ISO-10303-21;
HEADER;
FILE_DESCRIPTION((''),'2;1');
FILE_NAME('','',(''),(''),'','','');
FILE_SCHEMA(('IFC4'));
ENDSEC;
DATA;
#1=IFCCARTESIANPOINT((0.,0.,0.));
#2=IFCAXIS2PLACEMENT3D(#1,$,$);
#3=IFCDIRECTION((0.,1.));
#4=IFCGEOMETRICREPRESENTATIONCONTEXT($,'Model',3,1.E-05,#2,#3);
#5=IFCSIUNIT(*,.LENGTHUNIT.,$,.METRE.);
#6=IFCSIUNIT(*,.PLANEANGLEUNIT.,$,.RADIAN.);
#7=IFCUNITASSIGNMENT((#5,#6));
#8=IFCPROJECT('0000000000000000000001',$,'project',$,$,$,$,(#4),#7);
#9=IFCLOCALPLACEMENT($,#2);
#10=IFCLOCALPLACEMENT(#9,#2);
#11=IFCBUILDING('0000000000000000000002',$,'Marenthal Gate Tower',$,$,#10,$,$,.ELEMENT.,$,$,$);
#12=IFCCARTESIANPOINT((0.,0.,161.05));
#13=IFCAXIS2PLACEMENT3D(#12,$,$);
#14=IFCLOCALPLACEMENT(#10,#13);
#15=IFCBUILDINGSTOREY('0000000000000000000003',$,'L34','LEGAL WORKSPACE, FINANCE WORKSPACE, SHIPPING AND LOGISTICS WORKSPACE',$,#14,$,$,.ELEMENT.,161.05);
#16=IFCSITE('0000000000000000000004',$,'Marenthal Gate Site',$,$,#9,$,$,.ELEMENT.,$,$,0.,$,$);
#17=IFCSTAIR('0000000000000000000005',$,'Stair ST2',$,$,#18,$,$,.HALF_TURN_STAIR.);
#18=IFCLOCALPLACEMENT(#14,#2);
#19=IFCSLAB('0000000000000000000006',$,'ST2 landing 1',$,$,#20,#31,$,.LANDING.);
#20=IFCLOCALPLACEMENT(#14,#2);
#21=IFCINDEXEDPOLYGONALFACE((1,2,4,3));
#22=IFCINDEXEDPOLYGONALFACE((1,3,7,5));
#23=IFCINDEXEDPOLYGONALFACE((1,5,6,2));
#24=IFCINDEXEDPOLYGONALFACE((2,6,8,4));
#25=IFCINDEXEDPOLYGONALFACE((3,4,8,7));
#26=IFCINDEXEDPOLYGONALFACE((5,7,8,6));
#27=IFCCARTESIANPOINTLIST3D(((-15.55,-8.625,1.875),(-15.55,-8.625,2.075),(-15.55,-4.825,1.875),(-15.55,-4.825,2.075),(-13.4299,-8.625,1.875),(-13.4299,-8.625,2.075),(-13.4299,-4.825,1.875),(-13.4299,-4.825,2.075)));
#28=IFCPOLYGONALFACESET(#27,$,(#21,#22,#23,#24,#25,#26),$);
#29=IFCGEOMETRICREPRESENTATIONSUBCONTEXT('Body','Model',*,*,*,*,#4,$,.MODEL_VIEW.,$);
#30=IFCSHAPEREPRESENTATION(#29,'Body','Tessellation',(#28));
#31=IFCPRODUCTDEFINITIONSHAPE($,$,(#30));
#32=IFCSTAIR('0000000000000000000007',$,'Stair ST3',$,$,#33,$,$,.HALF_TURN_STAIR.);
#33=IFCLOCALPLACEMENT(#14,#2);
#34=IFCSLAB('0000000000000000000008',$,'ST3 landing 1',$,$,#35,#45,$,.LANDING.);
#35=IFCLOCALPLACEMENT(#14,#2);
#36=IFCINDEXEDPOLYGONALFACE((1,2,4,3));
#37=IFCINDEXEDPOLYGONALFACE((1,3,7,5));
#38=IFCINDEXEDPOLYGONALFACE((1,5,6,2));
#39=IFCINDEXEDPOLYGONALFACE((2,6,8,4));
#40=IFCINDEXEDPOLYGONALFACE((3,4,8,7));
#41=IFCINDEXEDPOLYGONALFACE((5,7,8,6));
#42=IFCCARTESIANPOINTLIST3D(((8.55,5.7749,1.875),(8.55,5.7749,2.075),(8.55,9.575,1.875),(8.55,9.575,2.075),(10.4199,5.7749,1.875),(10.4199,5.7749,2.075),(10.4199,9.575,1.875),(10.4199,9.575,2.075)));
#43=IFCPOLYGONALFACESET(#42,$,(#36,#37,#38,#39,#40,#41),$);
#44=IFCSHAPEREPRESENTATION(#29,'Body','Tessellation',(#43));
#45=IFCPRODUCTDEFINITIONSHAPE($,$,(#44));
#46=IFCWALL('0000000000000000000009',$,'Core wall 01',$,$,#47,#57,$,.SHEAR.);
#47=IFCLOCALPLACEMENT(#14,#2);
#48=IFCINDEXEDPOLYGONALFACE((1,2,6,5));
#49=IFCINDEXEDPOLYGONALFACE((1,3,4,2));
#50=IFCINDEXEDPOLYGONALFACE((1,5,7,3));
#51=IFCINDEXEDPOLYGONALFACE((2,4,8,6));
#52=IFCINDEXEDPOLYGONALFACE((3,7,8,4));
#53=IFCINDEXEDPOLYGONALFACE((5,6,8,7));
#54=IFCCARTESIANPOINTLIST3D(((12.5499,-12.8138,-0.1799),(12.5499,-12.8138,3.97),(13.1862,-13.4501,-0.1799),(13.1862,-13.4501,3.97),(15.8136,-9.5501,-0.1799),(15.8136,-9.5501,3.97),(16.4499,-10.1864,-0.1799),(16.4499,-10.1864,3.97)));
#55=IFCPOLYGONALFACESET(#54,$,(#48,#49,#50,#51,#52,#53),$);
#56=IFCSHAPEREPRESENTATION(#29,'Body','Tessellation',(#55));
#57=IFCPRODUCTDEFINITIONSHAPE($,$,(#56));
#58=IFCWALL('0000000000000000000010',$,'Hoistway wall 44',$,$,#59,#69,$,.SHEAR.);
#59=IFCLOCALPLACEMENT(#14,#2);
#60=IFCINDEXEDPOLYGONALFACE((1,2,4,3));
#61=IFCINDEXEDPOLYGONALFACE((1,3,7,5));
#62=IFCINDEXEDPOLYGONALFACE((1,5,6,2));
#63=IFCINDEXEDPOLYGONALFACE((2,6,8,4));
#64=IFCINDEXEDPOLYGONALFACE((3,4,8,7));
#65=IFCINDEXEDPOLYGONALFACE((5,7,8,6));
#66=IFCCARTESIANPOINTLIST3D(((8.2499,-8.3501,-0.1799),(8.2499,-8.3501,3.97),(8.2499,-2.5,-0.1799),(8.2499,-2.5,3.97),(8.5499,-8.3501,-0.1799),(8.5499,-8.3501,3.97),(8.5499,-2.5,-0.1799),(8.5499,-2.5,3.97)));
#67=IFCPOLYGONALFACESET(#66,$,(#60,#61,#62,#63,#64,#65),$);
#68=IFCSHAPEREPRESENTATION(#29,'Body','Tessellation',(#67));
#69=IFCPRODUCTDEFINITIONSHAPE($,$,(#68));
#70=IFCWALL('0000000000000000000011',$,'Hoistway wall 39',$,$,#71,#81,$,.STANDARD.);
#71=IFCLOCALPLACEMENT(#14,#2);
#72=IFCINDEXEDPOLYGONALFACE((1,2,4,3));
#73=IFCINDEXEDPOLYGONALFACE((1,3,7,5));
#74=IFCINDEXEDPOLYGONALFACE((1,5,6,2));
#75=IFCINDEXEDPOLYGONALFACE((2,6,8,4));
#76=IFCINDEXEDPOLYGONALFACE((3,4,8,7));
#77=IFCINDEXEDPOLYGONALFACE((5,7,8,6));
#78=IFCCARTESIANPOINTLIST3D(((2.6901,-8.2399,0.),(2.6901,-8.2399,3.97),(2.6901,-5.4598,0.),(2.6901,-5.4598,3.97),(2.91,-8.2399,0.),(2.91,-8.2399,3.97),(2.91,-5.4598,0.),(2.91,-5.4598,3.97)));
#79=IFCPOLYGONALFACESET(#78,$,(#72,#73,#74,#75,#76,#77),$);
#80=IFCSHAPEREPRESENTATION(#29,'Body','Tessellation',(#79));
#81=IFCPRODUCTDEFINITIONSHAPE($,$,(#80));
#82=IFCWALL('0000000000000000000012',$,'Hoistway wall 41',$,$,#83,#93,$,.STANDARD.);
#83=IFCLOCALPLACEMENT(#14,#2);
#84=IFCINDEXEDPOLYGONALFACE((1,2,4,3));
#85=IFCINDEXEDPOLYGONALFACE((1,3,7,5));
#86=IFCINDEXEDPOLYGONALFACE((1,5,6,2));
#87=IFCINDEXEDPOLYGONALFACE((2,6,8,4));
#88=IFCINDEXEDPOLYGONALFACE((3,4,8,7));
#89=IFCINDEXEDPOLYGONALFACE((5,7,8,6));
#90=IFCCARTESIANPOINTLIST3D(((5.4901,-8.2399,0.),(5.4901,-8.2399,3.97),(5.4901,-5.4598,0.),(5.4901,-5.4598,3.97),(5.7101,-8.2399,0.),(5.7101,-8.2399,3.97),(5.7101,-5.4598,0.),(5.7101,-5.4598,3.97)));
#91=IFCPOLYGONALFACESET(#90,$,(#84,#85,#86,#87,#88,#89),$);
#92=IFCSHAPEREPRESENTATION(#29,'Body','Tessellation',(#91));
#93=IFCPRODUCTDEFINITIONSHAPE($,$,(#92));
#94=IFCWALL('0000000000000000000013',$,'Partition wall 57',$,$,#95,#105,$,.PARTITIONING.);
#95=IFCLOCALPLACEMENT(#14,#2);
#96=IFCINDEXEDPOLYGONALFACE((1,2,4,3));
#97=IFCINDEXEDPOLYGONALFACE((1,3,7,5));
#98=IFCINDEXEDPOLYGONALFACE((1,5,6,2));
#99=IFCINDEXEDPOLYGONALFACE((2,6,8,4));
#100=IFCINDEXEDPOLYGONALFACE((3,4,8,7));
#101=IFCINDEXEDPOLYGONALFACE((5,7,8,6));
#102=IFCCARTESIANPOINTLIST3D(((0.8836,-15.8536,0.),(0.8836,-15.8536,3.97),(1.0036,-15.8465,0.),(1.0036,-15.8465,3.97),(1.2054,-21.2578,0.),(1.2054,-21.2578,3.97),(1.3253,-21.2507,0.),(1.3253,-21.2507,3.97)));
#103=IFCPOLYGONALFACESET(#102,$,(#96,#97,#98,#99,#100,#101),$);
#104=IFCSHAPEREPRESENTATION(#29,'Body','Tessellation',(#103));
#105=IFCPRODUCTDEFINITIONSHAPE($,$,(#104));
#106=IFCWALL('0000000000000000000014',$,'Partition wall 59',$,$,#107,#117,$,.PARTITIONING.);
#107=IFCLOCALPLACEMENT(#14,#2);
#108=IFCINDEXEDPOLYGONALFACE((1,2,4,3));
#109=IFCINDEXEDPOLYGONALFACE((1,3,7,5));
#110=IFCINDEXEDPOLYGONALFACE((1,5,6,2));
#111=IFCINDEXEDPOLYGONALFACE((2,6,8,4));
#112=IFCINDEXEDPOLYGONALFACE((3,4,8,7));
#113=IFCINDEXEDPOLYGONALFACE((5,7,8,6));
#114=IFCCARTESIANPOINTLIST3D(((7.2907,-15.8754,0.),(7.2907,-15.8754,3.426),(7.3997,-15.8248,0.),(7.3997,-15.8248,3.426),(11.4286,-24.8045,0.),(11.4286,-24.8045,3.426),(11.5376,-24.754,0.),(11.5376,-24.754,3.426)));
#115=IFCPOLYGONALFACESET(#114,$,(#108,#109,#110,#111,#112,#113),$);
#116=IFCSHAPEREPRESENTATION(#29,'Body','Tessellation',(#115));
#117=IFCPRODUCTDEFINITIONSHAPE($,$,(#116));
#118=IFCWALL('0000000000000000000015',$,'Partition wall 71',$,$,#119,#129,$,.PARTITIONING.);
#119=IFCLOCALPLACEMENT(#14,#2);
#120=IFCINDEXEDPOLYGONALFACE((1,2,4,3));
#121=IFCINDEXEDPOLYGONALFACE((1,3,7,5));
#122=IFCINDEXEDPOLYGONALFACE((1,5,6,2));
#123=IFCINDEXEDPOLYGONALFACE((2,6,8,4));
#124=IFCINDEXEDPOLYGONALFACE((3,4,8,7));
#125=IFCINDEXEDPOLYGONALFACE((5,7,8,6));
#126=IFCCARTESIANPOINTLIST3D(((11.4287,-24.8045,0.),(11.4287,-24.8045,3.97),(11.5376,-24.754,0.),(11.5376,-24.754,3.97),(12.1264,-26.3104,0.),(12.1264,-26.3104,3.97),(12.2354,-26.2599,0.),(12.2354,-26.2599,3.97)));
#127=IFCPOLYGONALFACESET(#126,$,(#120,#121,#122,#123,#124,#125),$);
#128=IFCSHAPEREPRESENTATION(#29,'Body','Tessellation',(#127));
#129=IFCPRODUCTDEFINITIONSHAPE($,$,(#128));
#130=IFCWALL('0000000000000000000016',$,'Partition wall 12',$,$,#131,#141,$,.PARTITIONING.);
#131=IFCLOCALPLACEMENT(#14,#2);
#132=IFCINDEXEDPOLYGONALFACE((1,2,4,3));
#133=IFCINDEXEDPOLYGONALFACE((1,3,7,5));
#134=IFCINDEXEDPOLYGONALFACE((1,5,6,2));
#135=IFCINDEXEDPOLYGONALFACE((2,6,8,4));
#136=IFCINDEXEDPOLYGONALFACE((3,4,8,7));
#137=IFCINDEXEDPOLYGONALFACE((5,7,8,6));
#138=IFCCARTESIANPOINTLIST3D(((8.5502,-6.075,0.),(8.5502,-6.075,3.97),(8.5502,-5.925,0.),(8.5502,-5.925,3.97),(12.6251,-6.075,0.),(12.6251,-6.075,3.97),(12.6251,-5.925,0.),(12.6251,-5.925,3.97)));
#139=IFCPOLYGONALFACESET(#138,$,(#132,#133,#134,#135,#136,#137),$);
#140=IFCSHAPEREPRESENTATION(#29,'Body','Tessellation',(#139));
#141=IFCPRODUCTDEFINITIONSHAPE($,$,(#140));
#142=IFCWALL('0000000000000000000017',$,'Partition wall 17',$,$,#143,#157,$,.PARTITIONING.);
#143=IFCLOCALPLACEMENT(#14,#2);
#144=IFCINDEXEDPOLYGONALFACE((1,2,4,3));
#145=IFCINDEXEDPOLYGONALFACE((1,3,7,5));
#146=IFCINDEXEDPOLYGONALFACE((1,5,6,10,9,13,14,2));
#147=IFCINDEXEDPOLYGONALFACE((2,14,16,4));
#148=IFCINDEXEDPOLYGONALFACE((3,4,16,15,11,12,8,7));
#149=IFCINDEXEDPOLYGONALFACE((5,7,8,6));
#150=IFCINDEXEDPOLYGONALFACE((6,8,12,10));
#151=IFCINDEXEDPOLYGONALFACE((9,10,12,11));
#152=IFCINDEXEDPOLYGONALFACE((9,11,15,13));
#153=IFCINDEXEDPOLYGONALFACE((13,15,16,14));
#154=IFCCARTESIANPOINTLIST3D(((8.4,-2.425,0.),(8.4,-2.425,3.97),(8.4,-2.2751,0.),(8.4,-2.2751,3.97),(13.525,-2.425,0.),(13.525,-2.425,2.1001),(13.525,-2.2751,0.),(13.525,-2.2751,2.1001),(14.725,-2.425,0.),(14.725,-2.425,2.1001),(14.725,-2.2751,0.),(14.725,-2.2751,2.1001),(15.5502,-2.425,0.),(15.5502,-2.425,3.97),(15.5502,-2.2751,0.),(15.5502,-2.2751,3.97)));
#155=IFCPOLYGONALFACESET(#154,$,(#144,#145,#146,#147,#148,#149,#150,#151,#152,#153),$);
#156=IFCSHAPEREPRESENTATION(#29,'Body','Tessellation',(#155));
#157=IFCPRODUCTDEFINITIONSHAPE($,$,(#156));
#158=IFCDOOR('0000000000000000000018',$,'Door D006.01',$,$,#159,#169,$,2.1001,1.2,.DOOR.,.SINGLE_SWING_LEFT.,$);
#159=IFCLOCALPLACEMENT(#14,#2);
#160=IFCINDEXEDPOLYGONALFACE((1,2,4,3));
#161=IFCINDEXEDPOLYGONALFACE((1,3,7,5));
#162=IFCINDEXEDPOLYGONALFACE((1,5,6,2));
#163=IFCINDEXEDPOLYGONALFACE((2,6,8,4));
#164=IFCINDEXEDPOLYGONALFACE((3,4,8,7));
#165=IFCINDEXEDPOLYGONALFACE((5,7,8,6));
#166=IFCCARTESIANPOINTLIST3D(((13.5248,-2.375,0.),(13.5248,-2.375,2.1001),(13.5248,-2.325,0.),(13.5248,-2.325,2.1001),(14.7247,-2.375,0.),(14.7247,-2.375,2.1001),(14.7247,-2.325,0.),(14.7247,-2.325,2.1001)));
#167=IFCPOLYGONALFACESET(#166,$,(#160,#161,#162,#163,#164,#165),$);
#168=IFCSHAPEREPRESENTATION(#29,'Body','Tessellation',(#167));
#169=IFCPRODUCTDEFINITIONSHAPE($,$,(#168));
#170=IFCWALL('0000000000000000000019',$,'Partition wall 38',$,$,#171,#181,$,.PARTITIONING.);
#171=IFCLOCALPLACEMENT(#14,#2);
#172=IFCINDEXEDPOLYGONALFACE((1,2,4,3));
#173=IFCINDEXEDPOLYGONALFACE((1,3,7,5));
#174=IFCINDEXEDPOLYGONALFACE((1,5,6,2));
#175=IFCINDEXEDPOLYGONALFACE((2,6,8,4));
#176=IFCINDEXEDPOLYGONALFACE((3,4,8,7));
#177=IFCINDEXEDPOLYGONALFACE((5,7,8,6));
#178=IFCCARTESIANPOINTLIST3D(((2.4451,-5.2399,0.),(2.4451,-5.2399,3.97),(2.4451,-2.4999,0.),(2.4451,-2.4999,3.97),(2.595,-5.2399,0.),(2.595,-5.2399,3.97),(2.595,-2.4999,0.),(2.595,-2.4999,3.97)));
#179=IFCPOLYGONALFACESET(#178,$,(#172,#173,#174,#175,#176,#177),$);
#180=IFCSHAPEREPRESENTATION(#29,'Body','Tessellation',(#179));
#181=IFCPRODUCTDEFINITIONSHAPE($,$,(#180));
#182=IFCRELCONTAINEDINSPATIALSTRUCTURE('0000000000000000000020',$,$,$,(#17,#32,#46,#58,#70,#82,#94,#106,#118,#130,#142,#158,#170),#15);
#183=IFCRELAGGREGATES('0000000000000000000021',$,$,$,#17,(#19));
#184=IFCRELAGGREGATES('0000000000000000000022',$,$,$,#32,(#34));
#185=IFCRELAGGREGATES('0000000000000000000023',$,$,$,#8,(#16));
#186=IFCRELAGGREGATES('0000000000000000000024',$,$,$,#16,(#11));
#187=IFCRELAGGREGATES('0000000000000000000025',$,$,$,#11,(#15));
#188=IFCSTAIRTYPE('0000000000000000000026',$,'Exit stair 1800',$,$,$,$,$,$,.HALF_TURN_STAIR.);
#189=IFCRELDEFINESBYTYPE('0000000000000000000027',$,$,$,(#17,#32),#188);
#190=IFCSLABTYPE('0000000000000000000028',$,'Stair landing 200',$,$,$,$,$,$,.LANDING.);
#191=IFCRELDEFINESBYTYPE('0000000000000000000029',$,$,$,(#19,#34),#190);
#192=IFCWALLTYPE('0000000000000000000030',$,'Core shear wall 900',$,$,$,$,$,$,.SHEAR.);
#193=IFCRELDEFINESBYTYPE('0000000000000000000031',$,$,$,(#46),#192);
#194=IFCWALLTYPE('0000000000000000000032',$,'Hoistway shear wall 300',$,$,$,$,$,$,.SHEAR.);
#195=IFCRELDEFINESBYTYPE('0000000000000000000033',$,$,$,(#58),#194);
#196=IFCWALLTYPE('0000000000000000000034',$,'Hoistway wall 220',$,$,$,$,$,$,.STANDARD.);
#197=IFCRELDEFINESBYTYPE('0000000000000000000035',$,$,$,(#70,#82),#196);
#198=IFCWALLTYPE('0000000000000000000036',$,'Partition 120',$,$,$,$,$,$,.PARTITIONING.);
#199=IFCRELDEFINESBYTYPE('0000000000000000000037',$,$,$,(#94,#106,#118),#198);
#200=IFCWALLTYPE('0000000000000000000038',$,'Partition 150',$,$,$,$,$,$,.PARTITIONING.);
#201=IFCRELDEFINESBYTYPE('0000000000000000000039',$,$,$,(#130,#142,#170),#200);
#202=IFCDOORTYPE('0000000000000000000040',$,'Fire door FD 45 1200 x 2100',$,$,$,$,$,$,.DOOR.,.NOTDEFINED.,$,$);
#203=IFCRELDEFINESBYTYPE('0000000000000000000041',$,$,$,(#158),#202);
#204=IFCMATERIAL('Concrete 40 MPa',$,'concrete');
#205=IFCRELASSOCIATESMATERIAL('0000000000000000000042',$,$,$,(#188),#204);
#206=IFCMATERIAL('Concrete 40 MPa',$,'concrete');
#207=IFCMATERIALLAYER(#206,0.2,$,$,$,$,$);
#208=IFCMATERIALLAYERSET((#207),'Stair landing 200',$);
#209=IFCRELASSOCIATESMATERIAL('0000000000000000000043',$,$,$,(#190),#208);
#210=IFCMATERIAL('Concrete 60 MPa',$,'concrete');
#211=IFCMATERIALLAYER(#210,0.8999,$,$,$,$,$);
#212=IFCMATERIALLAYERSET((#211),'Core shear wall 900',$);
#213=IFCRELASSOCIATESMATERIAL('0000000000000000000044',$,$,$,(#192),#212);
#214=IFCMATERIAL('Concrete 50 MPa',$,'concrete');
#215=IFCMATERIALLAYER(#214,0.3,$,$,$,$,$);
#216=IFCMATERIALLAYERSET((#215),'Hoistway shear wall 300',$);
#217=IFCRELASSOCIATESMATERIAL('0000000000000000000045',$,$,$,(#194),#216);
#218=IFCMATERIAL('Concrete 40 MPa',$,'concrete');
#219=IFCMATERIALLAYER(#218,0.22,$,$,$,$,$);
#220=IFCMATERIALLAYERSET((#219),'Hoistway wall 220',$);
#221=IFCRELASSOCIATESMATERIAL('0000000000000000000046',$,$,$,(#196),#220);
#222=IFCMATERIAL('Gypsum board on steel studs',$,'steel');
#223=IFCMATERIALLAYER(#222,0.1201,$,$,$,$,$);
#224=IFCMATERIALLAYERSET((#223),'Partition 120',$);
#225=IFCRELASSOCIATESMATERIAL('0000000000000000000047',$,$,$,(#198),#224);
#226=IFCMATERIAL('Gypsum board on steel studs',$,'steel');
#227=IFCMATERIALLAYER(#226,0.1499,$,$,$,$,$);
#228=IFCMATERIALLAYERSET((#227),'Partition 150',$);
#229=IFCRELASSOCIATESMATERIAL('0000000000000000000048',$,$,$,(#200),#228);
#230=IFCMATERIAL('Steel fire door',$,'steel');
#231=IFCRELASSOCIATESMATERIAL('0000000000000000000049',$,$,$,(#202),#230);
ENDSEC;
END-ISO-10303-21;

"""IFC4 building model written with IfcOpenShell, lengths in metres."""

from ifc_helpers import new_model, si_unit, direction, frame, frame_2d, origin, place, context, subcontext, project, spatial, polyline, rectangle, outline, extrude, material, layer, layer_set, type_object, element, fill, aggregate, save


model = new_model("IFC4")

# Units and contexts
model_context = context("Model", 3, precision=1e-05, world=origin(), true_north=direction((0.0, 1.0)))
body_context = subcontext(model_context, "Body", "Model", "MODEL_VIEW")
ifc_project = project(units=[si_unit("LENGTHUNIT", "METRE"), si_unit("PLANEANGLEUNIT", "RADIAN")], contexts=[model_context])

# Site, building, storey
site_placement = place(None, origin())
site = spatial("IfcSite", under=ifc_project, at=site_placement, Name="Marenthal Gate Site", CompositionType="ELEMENT", RefElevation=0.0)
building_placement = place(site_placement, origin())
building = spatial("IfcBuilding", under=site, at=building_placement, Name="Marenthal Gate Tower", CompositionType="ELEMENT")
storey_placement = place(building_placement, frame((0.0, 0.0, 161.05)))
storey = spatial("IfcBuildingStorey", under=building, at=storey_placement, Name="L34", Description="LEGAL WORKSPACE, FINANCE WORKSPACE, SHIPPING AND LOGISTICS WORKSPACE", CompositionType="ELEMENT", Elevation=161.05)

# Stairs, slabs
ifc_material_1 = material(Name="Concrete 40 MPa", Category="concrete")
stair_type = type_object("IfcStairType", Name="Exit stair 1800", PredefinedType="HALF_TURN_STAIR", material=ifc_material_1)
ifc_material_2 = material(Name="Concrete 40 MPa", Category="concrete")
ifc_layer_1 = layer(ifc_material_2, 0.2)
ifc_layer_set_1 = layer_set([ifc_layer_1], Name="Stair landing 200")
slab_type_1 = type_object("IfcSlabType", Name="Stair landing 200", PredefinedType="LANDING", material=ifc_layer_set_1)
stair_1_placement = place(storey_placement, origin())
stair_1 = element("IfcStair", 1, at=stair_1_placement, inside=storey, type_object=stair_type, Name="Stair ST2", PredefinedType="HALF_TURN_STAIR")
slab_1_placement = place(storey_placement, frame((0.0, 0.0, 1.875)))
slab_1 = element("IfcSlab", 2, at=slab_1_placement, type_object=slab_type_1, Name="ST2 landing 1", PredefinedType="LANDING", context=body_context, shape_type="SweptSolid", body=[
    extrude(outline(polyline([(-15.55, -8.625), (-13.4299, -8.625), (-13.4299, -4.825), (-15.55, -4.825), (-15.55, -8.625)])), origin(), (0.0, 0.0, 1.0), 0.2),
])
aggregate(stair_1, [slab_1])
stair_2_placement = place(storey_placement, origin())
stair_2 = element("IfcStair", 3, at=stair_2_placement, inside=storey, type_object=stair_type, Name="Stair ST3", PredefinedType="HALF_TURN_STAIR")
slab_2_placement = place(storey_placement, frame((0.0, 0.0, 1.875)))
slab_2 = element("IfcSlab", 4, at=slab_2_placement, type_object=slab_type_1, Name="ST3 landing 1", PredefinedType="LANDING", context=body_context, shape_type="SweptSolid", body=[
    extrude(outline(polyline([(8.55, 5.7749), (10.4199, 5.7749), (10.4199, 9.575), (8.55, 9.575), (8.55, 5.7749)])), origin(), (0.0, 0.0, 1.0), 0.2),
])
aggregate(stair_2, [slab_2])

# Walls
ifc_material_3 = material(Name="Concrete 60 MPa", Category="concrete")
ifc_layer_2 = layer(ifc_material_3, 0.8999)
ifc_layer_set_2 = layer_set([ifc_layer_2], Name="Core shear wall 900")
wall_type_1 = type_object("IfcWallType", Name="Core shear wall 900", PredefinedType="SHEAR", material=ifc_layer_set_2)
wall_1_placement = place(storey_placement, frame((12.8682, -13.1318, -0.1799), z_axis=(0.0, 0.0, 1.0), x_axis=(0.707107, 0.707107, 0.0)))
element("IfcWall", 5, at=wall_1_placement, inside=storey, type_object=wall_type_1, Name="Core wall 01", PredefinedType="SHEAR", context=body_context, shape_type="SweptSolid", body=[
    extrude(rectangle(XDim=4.6155, YDim=0.8999, at=frame_2d((2.3076, 0.0))), origin(), (0.0, 0.0, 1.0), 4.1499),
])
ifc_material_4 = material(Name="Concrete 50 MPa", Category="concrete")
ifc_layer_3 = layer(ifc_material_4, 0.3)
ifc_layer_set_3 = layer_set([ifc_layer_3], Name="Hoistway shear wall 300")
wall_type_2 = type_object("IfcWallType", Name="Hoistway shear wall 300", PredefinedType="SHEAR", material=ifc_layer_set_3)
wall_2_placement = place(storey_placement, frame((8.3999, -8.3501, -0.1799), z_axis=(0.0, 0.0, 1.0), x_axis=(0.0, 1.0, 0.0)))
element("IfcWall", 6, at=wall_2_placement, inside=storey, type_object=wall_type_2, Name="Hoistway wall 44", PredefinedType="SHEAR", context=body_context, shape_type="SweptSolid", body=[
    extrude(rectangle(XDim=5.8501, YDim=0.3, at=frame_2d((2.925, 0.0))), origin(), (0.0, 0.0, 1.0), 4.1499),
])
ifc_material_5 = material(Name="Concrete 40 MPa", Category="concrete")
ifc_layer_4 = layer(ifc_material_5, 0.22)
ifc_layer_set_4 = layer_set([ifc_layer_4], Name="Hoistway wall 220")
wall_type_3 = type_object("IfcWallType", Name="Hoistway wall 220", PredefinedType="STANDARD", material=ifc_layer_set_4)
for number, where, z_axis, x_axis, name in (
    (7, (2.8, -8.24, 0.0), (0.0, 0.0, 1.0), (0.0, 1.0, 0.0), "Hoistway wall 39"),
    (8, (5.6001, -8.24, 0.0), (0.0, 0.0, 1.0), (0.0, 1.0, 0.0), "Hoistway wall 41"),
):
    element("IfcWall", number, at=place(storey_placement, frame(where, z_axis=z_axis, x_axis=x_axis)), inside=storey, type_object=wall_type_3, Name=name, PredefinedType="STANDARD", context=body_context, shape_type="SweptSolid", body=[
        extrude(rectangle(XDim=2.78, YDim=0.22, at=frame_2d((1.3901, 0.0))), origin(), (0.0, 0.0, 1.0), 3.97),
    ])
ifc_material_6 = material(Name="Gypsum board on steel studs", Category="steel")
ifc_layer_5 = layer(ifc_material_6, 0.1201)
ifc_layer_set_5 = layer_set([ifc_layer_5], Name="Partition 120")
wall_type_4 = type_object("IfcWallType", Name="Partition 120", PredefinedType="PARTITIONING", material=ifc_layer_set_5)
wall_3_placement = place(storey_placement, frame((1.2654, -21.2544, 0.0), z_axis=(0.0, 0.0, 1.0), x_axis=(-0.059436, 0.998232, 0.0)))
element("IfcWall", 9, at=wall_3_placement, inside=storey, type_object=wall_type_4, Name="Partition wall 57", PredefinedType="PARTITIONING", context=body_context, shape_type="SweptSolid", body=[
    extrude(rectangle(XDim=5.4138, YDim=0.1201, at=frame_2d((2.707, 0.0))), origin(), (0.0, 0.0, 1.0), 3.97),
])
wall_4_placement = place(storey_placement, frame((7.3452, -15.8501, 0.0), z_axis=(0.0, 0.0, 1.0), x_axis=(0.420463, -0.90731, 0.0)))
element("IfcWall", 10, at=wall_4_placement, inside=storey, type_object=wall_type_4, Name="Partition wall 59", PredefinedType="PARTITIONING", context=body_context, shape_type="SweptSolid", body=[
    extrude(rectangle(XDim=9.8413, YDim=0.1201, at=frame_2d((4.9207, 0.0))), origin(), (0.0, 0.0, 1.0), 3.426),
])
wall_5_placement = place(storey_placement, frame((11.4832, -24.7793, 0.0), z_axis=(0.0, 0.0, 1.0), x_axis=(0.42042, -0.90733, 0.0)))
element("IfcWall", 11, at=wall_5_placement, inside=storey, type_object=wall_type_4, Name="Partition wall 71", PredefinedType="PARTITIONING", context=body_context, shape_type="SweptSolid", body=[
    extrude(rectangle(XDim=1.6597, YDim=0.1201, at=frame_2d((0.8298, 0.0))), origin(), (0.0, 0.0, 1.0), 3.97),
])
ifc_material_7 = material(Name="Gypsum board on steel studs", Category="steel")
ifc_layer_6 = layer(ifc_material_7, 0.1499)
ifc_layer_set_6 = layer_set([ifc_layer_6], Name="Partition 150")
wall_type_5 = type_object("IfcWallType", Name="Partition 150", PredefinedType="PARTITIONING", material=ifc_layer_set_6)
wall_6_placement = place(storey_placement, frame((8.55, -6.0, 0.0), z_axis=(0.0, 0.0, 1.0), x_axis=(1.0, 0.0, 0.0)))
element("IfcWall", 12, at=wall_6_placement, inside=storey, type_object=wall_type_5, Name="Partition wall 12", PredefinedType="PARTITIONING", context=body_context, shape_type="SweptSolid", body=[
    extrude(rectangle(XDim=4.075, YDim=0.1499, at=frame_2d((2.0376, 0.0))), origin(), (0.0, 0.0, 1.0), 3.97),
])

# Wall, opening, door
wall_7_placement = place(storey_placement, frame((8.3999, -2.3501, 0.0), z_axis=(0.0, 0.0, 1.0), x_axis=(1.0, 0.0, 0.0)))
wall_7 = element("IfcWall", 13, at=wall_7_placement, inside=storey, type_object=wall_type_5, Name="Partition wall 17", PredefinedType="PARTITIONING", context=body_context, shape_type="SweptSolid", body=[
    extrude(rectangle(XDim=7.1501, YDim=0.1499, at=frame_2d((3.5752, 0.0))), origin(), (0.0, 0.0, 1.0), 3.97),
])
opening_1_placement = place(wall_7_placement, frame((5.125, 0.0, 0.0)))
opening_1 = element("IfcOpeningElement", 14, at=opening_1_placement, cuts=wall_7, PredefinedType="OPENING", context=body_context, shape_type="SweptSolid", body=[
    extrude(rectangle(XDim=1.2, YDim=2.1001, at=frame_2d((0.6001, 1.05))), frame((0.0, 0.085, 0.0), z_axis=(0.0, -1.0, 0.0), x_axis=(1.0, 0.0, 0.0)), (0.0, 0.0, 1.0), 0.1699),
])
ifc_material_8 = material(Name="Steel fire door", Category="steel")
door_type_1 = type_object("IfcDoorType", Name="Fire door FD 45 1200 x 2100", OperationType="NOTDEFINED", PredefinedType="DOOR", material=ifc_material_8)
door_1_placement = place(opening_1_placement, frame((1.2, 0.0, 0.0), z_axis=(0.0, 0.0, 1.0), x_axis=(-1.0, 0.0, 0.0)))
door_1 = element("IfcDoor", 15, at=door_1_placement, inside=storey, type_object=door_type_1, Name="Door D006.01", OperationType="SINGLE_SWING_LEFT", OverallHeight=2.1001, OverallWidth=1.2, PredefinedType="DOOR", context=body_context, shape_type="SweptSolid", body=[
    extrude(rectangle(XDim=1.2, YDim=2.1001, at=frame_2d((0.6001, 1.05))), frame((0.0, 0.0249, 0.0), z_axis=(0.0, -1.0, 0.0), x_axis=(1.0, 0.0, 0.0)), (0.0, 0.0, 1.0), 0.05),
])
fill(opening_1, door_1)

# Wall
wall_8_placement = place(storey_placement, frame((2.52, -5.24, 0.0), z_axis=(0.0, 0.0, 1.0), x_axis=(0.0, 1.0, 0.0)))
element("IfcWall", 16, at=wall_8_placement, inside=storey, type_object=wall_type_5, Name="Partition wall 38", PredefinedType="PARTITIONING", context=body_context, shape_type="SweptSolid", body=[
    extrude(rectangle(XDim=2.74, YDim=0.1499, at=frame_2d((1.3701, 0.0))), origin(), (0.0, 0.0, 1.0), 3.97),
])

save(model, "model.ifc")
